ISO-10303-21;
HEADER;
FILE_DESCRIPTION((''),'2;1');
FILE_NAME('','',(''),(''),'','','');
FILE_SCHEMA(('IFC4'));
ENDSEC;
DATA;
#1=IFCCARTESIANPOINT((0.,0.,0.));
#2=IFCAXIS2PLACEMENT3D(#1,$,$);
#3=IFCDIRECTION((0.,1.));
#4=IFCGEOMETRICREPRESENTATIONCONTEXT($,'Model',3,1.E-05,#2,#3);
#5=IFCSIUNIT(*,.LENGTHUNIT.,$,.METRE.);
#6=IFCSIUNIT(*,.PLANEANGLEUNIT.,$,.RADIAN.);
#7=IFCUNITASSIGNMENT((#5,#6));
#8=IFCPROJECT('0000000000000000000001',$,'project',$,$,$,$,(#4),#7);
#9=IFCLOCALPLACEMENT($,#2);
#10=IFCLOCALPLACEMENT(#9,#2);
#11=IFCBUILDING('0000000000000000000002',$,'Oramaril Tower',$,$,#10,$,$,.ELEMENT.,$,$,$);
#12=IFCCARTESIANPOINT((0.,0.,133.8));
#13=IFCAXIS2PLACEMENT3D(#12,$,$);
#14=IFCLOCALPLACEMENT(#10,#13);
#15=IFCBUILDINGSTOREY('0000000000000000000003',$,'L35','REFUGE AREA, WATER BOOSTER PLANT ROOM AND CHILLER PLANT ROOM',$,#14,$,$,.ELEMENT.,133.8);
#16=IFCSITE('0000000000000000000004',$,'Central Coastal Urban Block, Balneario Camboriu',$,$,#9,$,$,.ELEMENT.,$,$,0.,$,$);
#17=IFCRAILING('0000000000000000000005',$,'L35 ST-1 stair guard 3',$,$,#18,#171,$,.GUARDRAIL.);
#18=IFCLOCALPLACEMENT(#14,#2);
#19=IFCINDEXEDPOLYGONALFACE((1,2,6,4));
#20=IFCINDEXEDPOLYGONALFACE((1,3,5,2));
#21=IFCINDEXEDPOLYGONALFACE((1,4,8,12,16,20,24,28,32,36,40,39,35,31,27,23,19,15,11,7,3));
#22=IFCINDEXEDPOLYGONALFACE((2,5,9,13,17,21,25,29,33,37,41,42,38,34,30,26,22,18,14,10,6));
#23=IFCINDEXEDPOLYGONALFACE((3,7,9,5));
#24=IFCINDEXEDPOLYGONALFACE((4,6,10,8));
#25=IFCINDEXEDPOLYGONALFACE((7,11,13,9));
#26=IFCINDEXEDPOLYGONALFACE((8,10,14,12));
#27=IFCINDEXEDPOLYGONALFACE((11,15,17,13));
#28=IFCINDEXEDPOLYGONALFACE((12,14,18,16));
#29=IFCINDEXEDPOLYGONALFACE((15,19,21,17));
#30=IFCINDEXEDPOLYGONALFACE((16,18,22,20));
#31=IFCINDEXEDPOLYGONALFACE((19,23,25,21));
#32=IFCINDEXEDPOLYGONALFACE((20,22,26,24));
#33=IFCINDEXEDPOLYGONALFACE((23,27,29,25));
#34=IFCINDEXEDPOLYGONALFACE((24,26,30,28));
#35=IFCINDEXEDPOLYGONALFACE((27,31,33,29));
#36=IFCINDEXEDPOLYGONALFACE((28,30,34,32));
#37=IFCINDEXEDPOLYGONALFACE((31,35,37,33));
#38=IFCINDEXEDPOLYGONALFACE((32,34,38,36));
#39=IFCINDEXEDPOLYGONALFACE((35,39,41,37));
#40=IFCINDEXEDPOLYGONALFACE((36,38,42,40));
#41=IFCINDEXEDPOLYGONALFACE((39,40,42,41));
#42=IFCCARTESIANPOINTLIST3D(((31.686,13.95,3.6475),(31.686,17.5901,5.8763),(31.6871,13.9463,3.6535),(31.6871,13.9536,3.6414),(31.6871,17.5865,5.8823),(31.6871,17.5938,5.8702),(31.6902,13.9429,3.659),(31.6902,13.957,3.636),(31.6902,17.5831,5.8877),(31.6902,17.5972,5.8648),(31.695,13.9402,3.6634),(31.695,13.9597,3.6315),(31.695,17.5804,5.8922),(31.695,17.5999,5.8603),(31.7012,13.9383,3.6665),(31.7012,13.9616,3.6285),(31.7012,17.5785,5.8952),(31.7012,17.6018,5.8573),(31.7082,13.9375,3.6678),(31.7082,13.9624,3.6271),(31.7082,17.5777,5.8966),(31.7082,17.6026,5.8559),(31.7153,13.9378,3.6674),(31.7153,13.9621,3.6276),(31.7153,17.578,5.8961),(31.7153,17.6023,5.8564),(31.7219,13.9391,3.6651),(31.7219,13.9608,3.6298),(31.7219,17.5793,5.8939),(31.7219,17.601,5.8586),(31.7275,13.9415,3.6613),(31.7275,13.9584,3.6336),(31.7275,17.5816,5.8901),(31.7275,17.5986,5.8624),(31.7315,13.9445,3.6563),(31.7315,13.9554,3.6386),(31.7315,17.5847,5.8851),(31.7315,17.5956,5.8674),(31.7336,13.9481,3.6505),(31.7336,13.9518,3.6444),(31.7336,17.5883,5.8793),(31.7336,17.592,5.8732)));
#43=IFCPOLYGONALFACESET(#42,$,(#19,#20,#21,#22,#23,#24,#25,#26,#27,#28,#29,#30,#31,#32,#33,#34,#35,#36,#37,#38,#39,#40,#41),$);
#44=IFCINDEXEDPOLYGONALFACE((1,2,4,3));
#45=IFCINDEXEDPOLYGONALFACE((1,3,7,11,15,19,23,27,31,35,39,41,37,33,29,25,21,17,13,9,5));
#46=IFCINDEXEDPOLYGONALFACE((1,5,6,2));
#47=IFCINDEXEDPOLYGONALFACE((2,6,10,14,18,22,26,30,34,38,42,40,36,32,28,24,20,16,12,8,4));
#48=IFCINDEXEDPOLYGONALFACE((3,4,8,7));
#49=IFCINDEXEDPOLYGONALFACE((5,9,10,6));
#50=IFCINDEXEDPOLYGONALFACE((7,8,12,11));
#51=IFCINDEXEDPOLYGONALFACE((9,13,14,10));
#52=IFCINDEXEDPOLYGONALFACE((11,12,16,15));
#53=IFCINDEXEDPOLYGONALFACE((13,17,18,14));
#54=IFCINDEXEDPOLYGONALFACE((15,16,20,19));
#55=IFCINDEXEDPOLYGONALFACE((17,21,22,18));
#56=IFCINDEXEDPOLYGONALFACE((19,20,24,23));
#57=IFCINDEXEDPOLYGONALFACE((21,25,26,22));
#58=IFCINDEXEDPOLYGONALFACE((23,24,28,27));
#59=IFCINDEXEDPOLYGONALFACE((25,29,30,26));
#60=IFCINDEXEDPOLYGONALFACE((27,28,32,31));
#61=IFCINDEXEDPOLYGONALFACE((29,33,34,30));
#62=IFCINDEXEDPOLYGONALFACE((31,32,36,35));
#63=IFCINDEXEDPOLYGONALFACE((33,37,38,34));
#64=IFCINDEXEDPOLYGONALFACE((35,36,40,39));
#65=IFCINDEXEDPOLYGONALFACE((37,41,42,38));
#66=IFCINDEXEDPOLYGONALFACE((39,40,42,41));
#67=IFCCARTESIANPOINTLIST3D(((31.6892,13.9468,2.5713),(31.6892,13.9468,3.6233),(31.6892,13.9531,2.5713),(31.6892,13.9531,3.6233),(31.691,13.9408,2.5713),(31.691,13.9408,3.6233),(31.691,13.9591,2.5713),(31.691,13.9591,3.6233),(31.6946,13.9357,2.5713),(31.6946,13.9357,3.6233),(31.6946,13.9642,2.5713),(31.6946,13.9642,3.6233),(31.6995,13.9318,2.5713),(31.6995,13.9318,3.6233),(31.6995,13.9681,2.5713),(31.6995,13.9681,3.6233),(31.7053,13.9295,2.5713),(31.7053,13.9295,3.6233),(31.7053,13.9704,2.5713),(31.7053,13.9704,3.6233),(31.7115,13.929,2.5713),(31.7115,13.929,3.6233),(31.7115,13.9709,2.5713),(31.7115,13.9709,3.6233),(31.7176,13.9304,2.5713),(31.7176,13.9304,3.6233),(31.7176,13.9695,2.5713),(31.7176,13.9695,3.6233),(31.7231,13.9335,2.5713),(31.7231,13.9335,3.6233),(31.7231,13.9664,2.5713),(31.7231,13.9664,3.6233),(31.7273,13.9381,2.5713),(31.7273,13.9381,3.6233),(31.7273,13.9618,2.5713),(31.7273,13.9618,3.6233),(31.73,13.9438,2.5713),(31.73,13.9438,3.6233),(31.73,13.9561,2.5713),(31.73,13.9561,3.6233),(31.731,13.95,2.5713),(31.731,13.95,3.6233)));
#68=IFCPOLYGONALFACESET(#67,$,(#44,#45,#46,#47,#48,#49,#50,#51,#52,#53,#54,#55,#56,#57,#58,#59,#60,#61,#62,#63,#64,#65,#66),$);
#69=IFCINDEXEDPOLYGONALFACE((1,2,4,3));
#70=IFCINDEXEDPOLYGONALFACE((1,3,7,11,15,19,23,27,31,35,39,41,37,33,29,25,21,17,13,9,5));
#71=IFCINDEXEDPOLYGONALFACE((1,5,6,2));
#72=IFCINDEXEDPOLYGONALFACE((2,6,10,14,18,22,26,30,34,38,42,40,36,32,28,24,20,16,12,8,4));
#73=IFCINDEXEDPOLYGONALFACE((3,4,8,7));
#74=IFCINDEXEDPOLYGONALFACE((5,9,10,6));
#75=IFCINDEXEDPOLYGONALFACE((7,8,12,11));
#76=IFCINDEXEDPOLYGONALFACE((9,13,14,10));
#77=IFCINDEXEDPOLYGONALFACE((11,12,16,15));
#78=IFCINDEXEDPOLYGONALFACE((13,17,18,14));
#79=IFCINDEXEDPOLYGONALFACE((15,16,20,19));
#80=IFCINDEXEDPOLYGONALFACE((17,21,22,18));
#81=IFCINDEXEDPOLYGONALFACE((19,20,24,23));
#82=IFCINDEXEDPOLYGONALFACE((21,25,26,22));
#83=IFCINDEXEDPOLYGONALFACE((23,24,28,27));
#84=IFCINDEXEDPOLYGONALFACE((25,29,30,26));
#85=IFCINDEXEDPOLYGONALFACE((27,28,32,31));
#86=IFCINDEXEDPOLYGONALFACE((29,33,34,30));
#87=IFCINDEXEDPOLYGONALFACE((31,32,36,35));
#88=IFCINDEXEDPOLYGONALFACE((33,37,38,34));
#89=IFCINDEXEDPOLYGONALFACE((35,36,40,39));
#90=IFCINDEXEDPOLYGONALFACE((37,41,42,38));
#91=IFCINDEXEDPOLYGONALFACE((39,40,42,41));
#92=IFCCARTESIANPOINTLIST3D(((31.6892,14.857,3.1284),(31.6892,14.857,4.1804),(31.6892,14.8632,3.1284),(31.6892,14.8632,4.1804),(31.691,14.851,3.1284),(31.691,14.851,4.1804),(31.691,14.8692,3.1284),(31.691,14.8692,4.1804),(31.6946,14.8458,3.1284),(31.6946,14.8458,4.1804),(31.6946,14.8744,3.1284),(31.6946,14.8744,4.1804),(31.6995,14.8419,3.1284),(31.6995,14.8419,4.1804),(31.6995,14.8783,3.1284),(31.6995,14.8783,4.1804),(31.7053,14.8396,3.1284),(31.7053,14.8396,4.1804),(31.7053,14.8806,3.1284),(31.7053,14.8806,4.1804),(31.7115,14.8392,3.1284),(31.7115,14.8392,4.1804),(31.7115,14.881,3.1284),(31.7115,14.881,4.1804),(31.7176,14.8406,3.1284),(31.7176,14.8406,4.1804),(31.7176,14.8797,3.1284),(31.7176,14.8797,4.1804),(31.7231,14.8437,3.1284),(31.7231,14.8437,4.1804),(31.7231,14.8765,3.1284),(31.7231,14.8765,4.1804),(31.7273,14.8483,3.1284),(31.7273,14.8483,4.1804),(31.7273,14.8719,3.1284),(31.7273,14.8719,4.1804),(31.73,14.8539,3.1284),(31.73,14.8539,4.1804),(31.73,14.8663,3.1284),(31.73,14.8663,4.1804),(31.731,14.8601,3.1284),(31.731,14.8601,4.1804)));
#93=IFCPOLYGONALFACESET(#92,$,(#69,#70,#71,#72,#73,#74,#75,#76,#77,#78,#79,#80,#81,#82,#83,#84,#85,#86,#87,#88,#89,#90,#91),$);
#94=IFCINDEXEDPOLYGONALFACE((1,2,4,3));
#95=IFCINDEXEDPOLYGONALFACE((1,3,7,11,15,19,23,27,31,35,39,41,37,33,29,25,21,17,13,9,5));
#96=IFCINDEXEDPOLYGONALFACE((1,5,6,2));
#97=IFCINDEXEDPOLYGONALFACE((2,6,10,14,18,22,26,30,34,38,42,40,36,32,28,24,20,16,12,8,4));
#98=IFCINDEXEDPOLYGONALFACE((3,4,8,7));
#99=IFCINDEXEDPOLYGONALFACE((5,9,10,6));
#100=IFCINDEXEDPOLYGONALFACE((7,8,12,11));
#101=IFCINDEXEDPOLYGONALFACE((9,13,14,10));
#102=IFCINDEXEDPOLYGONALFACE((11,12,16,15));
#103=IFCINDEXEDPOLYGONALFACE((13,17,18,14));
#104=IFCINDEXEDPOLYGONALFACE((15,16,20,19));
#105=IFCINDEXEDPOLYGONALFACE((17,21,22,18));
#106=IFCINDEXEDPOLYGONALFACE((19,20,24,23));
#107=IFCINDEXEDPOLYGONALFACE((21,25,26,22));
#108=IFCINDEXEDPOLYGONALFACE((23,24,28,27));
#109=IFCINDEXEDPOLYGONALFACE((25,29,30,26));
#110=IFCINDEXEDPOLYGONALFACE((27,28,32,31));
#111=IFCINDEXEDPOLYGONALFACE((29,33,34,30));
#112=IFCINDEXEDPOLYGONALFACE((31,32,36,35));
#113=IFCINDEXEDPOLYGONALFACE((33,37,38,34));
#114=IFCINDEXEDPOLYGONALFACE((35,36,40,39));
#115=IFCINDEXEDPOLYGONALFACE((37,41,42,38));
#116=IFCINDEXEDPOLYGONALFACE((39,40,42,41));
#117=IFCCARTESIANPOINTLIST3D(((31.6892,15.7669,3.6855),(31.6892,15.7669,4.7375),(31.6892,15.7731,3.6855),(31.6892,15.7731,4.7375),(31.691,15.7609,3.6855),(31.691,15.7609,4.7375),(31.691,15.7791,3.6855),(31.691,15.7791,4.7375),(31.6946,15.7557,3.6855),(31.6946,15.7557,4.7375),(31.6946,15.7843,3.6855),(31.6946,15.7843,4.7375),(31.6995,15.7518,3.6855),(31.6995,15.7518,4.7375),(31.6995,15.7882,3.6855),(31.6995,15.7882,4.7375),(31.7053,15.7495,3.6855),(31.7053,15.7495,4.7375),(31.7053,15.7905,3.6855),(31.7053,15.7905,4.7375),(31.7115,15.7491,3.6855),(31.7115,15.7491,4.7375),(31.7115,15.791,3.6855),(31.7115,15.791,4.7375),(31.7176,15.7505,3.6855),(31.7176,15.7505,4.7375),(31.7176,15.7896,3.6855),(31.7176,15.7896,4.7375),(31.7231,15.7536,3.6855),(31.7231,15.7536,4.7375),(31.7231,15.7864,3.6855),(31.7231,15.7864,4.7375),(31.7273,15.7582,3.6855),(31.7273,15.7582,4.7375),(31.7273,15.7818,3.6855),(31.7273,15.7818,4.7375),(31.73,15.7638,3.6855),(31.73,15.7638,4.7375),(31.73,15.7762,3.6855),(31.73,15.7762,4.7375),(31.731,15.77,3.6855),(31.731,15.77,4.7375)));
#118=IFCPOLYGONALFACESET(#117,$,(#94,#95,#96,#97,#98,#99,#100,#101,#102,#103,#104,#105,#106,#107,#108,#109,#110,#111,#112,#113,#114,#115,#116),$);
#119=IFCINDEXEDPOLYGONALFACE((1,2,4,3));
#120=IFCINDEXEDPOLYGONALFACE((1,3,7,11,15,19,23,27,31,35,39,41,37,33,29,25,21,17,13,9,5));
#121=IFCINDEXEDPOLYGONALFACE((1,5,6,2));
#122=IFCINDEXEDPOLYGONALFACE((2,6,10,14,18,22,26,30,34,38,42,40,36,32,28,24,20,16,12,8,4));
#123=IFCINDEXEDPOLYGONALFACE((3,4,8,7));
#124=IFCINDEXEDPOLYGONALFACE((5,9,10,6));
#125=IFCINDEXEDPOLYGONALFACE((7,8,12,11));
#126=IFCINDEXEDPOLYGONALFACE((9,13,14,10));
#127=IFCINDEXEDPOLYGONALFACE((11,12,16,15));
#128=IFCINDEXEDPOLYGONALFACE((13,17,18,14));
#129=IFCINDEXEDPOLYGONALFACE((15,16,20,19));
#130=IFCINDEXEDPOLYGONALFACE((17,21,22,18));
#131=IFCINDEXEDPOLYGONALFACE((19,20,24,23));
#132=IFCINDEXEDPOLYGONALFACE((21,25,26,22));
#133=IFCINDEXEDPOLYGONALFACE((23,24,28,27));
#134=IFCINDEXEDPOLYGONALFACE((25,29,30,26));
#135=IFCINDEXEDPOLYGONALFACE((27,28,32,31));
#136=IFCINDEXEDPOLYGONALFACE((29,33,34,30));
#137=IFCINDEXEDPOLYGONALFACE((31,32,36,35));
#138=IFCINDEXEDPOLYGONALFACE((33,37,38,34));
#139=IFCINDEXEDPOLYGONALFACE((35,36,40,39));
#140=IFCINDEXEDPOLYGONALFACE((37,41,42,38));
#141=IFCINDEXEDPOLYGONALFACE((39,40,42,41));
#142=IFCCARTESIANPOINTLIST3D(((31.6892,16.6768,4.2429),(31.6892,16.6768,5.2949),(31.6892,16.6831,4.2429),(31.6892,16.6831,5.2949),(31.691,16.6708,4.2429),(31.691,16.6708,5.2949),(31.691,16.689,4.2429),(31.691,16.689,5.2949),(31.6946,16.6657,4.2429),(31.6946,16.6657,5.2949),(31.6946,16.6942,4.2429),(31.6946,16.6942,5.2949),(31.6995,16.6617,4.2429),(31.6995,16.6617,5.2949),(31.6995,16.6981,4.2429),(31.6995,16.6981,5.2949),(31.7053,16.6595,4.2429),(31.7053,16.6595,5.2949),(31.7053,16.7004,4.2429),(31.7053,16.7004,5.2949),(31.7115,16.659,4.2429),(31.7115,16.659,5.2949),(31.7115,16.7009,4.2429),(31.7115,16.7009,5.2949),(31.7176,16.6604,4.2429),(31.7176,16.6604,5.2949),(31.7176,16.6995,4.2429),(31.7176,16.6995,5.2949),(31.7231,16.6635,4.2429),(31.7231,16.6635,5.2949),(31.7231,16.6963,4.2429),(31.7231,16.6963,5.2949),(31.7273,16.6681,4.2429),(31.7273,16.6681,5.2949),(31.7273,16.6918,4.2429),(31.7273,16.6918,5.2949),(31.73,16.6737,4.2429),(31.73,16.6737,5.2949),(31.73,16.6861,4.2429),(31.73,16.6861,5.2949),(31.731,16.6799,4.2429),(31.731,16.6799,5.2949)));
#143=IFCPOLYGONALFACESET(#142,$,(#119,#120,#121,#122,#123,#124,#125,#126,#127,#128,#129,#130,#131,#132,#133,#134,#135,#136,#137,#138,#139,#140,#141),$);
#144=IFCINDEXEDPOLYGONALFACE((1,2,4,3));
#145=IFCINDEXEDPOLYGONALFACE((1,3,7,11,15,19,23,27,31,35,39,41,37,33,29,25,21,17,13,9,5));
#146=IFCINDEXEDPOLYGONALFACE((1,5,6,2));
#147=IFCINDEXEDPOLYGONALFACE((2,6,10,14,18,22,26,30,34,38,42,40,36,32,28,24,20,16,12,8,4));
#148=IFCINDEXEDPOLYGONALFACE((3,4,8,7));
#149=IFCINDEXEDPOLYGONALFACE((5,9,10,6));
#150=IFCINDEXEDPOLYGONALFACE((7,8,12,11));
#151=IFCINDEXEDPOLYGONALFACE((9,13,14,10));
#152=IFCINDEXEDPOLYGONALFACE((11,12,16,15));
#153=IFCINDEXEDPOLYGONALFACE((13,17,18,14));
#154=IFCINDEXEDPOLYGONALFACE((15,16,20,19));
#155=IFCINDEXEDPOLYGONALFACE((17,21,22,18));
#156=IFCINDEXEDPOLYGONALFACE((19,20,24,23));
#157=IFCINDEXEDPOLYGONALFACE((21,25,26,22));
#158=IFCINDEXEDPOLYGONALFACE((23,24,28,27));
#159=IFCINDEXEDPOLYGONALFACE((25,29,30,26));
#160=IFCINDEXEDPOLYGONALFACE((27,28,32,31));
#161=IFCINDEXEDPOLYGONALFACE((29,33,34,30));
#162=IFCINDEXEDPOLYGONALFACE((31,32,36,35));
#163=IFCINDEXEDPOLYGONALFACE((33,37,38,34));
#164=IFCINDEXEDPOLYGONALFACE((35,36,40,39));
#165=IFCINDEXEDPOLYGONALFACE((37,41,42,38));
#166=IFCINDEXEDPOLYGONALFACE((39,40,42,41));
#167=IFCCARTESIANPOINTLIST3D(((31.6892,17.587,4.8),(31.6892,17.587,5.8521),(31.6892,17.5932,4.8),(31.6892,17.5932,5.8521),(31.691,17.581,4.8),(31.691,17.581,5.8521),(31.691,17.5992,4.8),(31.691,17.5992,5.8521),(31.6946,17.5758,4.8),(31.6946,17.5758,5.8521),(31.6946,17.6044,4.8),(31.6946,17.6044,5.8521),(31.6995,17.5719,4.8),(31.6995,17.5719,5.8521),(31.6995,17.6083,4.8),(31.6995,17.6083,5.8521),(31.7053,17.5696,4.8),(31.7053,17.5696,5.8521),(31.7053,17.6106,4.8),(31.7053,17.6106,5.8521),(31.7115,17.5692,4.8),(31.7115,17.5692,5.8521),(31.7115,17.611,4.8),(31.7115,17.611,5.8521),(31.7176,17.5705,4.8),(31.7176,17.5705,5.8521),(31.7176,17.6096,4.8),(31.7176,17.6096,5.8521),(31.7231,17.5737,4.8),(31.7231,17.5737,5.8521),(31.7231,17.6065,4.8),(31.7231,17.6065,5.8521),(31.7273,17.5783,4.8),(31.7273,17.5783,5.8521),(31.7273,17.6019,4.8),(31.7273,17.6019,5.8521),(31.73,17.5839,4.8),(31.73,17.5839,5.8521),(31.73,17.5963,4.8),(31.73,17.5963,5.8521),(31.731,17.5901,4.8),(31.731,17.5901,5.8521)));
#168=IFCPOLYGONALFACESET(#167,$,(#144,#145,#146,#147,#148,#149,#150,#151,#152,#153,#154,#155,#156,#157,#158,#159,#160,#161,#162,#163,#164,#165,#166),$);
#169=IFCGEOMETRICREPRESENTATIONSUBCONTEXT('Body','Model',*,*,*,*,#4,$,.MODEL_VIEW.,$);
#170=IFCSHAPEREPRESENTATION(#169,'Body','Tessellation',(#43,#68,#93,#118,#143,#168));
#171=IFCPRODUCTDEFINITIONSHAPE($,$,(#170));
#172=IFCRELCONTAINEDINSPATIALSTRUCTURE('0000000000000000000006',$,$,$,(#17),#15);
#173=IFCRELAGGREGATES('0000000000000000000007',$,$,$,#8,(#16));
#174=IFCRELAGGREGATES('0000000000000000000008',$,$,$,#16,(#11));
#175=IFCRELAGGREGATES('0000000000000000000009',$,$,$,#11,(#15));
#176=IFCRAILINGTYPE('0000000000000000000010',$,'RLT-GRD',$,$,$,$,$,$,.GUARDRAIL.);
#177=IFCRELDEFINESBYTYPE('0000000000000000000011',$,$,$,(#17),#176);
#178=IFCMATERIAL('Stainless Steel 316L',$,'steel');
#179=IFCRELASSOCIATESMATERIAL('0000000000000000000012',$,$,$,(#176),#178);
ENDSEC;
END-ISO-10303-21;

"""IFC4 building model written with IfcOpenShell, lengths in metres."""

from ifc_helpers import new_model, si_unit, direction, frame, origin, origin_2d, place, context, subcontext, project, spatial, circle, extrude, material, type_object, element, save


model = new_model("IFC4")

# Units and contexts
model_context = context("Model", 3, precision=1e-05, world=origin(), true_north=direction((0.0, 1.0)))
body_context = subcontext(model_context, "Body", "Model", "MODEL_VIEW")
ifc_project = project(units=[si_unit("LENGTHUNIT", "METRE"), si_unit("PLANEANGLEUNIT", "RADIAN")], contexts=[model_context])

# Site, building, storey
site_placement = place(None, origin())
site = spatial("IfcSite", under=ifc_project, at=site_placement, Name="Central Coastal Urban Block, Balneario Camboriu", CompositionType="ELEMENT", RefElevation=0.0)
building_placement = place(site_placement, origin())
building = spatial("IfcBuilding", under=site, at=building_placement, Name="Oramaril Tower", CompositionType="ELEMENT")
storey_placement = place(building_placement, frame((0.0, 0.0, 133.8)))
storey = spatial("IfcBuildingStorey", under=building, at=storey_placement, Name="L35", Description="REFUGE AREA, WATER BOOSTER PLANT ROOM AND CHILLER PLANT ROOM", CompositionType="ELEMENT", Elevation=133.8)

# Railing
ifc_material_1 = material(Name="Stainless Steel 316L", Category="steel")
railing_type_1 = type_object("IfcRailingType", Name="RLT-GRD", PredefinedType="GUARDRAIL", material=ifc_material_1)
railing_1_placement = place(storey_placement, frame((31.71, 13.95, 2.5713)))
element("IfcRailing", 1, at=railing_1_placement, inside=storey, type_object=railing_type_1, Name="L35 ST-1 stair guard 3", PredefinedType="GUARDRAIL", context=body_context, shape_type="SweptSolid", body=[
    extrude(circle(Radius=0.0239, at=origin_2d()), frame((0.0, 0.0, 1.0762), z_axis=(0.0, 0.85284, 0.522172), x_axis=(-1.0, 0.0, 0.0)), (0.0, 0.0, 1.0), 4.2683),
    extrude(circle(Radius=0.021, at=origin_2d()), origin(), (0.0, 0.0, 1.0), 1.052),
    extrude(circle(Radius=0.021, at=origin_2d()), frame((0.0, 0.9102, 0.5571)), (0.0, 0.0, 1.0), 1.052),
    extrude(circle(Radius=0.021, at=origin_2d()), frame((0.0, 1.8201, 1.1143)), (0.0, 0.0, 1.0), 1.052),
    extrude(circle(Radius=0.021, at=origin_2d()), frame((0.0, 2.73, 1.6716)), (0.0, 0.0, 1.0), 1.052),
    extrude(circle(Radius=0.021, at=origin_2d()), frame((0.0, 3.6401, 2.2288)), (0.0, 0.0, 1.0), 1.052),
])

save(model, "model.ifc")
